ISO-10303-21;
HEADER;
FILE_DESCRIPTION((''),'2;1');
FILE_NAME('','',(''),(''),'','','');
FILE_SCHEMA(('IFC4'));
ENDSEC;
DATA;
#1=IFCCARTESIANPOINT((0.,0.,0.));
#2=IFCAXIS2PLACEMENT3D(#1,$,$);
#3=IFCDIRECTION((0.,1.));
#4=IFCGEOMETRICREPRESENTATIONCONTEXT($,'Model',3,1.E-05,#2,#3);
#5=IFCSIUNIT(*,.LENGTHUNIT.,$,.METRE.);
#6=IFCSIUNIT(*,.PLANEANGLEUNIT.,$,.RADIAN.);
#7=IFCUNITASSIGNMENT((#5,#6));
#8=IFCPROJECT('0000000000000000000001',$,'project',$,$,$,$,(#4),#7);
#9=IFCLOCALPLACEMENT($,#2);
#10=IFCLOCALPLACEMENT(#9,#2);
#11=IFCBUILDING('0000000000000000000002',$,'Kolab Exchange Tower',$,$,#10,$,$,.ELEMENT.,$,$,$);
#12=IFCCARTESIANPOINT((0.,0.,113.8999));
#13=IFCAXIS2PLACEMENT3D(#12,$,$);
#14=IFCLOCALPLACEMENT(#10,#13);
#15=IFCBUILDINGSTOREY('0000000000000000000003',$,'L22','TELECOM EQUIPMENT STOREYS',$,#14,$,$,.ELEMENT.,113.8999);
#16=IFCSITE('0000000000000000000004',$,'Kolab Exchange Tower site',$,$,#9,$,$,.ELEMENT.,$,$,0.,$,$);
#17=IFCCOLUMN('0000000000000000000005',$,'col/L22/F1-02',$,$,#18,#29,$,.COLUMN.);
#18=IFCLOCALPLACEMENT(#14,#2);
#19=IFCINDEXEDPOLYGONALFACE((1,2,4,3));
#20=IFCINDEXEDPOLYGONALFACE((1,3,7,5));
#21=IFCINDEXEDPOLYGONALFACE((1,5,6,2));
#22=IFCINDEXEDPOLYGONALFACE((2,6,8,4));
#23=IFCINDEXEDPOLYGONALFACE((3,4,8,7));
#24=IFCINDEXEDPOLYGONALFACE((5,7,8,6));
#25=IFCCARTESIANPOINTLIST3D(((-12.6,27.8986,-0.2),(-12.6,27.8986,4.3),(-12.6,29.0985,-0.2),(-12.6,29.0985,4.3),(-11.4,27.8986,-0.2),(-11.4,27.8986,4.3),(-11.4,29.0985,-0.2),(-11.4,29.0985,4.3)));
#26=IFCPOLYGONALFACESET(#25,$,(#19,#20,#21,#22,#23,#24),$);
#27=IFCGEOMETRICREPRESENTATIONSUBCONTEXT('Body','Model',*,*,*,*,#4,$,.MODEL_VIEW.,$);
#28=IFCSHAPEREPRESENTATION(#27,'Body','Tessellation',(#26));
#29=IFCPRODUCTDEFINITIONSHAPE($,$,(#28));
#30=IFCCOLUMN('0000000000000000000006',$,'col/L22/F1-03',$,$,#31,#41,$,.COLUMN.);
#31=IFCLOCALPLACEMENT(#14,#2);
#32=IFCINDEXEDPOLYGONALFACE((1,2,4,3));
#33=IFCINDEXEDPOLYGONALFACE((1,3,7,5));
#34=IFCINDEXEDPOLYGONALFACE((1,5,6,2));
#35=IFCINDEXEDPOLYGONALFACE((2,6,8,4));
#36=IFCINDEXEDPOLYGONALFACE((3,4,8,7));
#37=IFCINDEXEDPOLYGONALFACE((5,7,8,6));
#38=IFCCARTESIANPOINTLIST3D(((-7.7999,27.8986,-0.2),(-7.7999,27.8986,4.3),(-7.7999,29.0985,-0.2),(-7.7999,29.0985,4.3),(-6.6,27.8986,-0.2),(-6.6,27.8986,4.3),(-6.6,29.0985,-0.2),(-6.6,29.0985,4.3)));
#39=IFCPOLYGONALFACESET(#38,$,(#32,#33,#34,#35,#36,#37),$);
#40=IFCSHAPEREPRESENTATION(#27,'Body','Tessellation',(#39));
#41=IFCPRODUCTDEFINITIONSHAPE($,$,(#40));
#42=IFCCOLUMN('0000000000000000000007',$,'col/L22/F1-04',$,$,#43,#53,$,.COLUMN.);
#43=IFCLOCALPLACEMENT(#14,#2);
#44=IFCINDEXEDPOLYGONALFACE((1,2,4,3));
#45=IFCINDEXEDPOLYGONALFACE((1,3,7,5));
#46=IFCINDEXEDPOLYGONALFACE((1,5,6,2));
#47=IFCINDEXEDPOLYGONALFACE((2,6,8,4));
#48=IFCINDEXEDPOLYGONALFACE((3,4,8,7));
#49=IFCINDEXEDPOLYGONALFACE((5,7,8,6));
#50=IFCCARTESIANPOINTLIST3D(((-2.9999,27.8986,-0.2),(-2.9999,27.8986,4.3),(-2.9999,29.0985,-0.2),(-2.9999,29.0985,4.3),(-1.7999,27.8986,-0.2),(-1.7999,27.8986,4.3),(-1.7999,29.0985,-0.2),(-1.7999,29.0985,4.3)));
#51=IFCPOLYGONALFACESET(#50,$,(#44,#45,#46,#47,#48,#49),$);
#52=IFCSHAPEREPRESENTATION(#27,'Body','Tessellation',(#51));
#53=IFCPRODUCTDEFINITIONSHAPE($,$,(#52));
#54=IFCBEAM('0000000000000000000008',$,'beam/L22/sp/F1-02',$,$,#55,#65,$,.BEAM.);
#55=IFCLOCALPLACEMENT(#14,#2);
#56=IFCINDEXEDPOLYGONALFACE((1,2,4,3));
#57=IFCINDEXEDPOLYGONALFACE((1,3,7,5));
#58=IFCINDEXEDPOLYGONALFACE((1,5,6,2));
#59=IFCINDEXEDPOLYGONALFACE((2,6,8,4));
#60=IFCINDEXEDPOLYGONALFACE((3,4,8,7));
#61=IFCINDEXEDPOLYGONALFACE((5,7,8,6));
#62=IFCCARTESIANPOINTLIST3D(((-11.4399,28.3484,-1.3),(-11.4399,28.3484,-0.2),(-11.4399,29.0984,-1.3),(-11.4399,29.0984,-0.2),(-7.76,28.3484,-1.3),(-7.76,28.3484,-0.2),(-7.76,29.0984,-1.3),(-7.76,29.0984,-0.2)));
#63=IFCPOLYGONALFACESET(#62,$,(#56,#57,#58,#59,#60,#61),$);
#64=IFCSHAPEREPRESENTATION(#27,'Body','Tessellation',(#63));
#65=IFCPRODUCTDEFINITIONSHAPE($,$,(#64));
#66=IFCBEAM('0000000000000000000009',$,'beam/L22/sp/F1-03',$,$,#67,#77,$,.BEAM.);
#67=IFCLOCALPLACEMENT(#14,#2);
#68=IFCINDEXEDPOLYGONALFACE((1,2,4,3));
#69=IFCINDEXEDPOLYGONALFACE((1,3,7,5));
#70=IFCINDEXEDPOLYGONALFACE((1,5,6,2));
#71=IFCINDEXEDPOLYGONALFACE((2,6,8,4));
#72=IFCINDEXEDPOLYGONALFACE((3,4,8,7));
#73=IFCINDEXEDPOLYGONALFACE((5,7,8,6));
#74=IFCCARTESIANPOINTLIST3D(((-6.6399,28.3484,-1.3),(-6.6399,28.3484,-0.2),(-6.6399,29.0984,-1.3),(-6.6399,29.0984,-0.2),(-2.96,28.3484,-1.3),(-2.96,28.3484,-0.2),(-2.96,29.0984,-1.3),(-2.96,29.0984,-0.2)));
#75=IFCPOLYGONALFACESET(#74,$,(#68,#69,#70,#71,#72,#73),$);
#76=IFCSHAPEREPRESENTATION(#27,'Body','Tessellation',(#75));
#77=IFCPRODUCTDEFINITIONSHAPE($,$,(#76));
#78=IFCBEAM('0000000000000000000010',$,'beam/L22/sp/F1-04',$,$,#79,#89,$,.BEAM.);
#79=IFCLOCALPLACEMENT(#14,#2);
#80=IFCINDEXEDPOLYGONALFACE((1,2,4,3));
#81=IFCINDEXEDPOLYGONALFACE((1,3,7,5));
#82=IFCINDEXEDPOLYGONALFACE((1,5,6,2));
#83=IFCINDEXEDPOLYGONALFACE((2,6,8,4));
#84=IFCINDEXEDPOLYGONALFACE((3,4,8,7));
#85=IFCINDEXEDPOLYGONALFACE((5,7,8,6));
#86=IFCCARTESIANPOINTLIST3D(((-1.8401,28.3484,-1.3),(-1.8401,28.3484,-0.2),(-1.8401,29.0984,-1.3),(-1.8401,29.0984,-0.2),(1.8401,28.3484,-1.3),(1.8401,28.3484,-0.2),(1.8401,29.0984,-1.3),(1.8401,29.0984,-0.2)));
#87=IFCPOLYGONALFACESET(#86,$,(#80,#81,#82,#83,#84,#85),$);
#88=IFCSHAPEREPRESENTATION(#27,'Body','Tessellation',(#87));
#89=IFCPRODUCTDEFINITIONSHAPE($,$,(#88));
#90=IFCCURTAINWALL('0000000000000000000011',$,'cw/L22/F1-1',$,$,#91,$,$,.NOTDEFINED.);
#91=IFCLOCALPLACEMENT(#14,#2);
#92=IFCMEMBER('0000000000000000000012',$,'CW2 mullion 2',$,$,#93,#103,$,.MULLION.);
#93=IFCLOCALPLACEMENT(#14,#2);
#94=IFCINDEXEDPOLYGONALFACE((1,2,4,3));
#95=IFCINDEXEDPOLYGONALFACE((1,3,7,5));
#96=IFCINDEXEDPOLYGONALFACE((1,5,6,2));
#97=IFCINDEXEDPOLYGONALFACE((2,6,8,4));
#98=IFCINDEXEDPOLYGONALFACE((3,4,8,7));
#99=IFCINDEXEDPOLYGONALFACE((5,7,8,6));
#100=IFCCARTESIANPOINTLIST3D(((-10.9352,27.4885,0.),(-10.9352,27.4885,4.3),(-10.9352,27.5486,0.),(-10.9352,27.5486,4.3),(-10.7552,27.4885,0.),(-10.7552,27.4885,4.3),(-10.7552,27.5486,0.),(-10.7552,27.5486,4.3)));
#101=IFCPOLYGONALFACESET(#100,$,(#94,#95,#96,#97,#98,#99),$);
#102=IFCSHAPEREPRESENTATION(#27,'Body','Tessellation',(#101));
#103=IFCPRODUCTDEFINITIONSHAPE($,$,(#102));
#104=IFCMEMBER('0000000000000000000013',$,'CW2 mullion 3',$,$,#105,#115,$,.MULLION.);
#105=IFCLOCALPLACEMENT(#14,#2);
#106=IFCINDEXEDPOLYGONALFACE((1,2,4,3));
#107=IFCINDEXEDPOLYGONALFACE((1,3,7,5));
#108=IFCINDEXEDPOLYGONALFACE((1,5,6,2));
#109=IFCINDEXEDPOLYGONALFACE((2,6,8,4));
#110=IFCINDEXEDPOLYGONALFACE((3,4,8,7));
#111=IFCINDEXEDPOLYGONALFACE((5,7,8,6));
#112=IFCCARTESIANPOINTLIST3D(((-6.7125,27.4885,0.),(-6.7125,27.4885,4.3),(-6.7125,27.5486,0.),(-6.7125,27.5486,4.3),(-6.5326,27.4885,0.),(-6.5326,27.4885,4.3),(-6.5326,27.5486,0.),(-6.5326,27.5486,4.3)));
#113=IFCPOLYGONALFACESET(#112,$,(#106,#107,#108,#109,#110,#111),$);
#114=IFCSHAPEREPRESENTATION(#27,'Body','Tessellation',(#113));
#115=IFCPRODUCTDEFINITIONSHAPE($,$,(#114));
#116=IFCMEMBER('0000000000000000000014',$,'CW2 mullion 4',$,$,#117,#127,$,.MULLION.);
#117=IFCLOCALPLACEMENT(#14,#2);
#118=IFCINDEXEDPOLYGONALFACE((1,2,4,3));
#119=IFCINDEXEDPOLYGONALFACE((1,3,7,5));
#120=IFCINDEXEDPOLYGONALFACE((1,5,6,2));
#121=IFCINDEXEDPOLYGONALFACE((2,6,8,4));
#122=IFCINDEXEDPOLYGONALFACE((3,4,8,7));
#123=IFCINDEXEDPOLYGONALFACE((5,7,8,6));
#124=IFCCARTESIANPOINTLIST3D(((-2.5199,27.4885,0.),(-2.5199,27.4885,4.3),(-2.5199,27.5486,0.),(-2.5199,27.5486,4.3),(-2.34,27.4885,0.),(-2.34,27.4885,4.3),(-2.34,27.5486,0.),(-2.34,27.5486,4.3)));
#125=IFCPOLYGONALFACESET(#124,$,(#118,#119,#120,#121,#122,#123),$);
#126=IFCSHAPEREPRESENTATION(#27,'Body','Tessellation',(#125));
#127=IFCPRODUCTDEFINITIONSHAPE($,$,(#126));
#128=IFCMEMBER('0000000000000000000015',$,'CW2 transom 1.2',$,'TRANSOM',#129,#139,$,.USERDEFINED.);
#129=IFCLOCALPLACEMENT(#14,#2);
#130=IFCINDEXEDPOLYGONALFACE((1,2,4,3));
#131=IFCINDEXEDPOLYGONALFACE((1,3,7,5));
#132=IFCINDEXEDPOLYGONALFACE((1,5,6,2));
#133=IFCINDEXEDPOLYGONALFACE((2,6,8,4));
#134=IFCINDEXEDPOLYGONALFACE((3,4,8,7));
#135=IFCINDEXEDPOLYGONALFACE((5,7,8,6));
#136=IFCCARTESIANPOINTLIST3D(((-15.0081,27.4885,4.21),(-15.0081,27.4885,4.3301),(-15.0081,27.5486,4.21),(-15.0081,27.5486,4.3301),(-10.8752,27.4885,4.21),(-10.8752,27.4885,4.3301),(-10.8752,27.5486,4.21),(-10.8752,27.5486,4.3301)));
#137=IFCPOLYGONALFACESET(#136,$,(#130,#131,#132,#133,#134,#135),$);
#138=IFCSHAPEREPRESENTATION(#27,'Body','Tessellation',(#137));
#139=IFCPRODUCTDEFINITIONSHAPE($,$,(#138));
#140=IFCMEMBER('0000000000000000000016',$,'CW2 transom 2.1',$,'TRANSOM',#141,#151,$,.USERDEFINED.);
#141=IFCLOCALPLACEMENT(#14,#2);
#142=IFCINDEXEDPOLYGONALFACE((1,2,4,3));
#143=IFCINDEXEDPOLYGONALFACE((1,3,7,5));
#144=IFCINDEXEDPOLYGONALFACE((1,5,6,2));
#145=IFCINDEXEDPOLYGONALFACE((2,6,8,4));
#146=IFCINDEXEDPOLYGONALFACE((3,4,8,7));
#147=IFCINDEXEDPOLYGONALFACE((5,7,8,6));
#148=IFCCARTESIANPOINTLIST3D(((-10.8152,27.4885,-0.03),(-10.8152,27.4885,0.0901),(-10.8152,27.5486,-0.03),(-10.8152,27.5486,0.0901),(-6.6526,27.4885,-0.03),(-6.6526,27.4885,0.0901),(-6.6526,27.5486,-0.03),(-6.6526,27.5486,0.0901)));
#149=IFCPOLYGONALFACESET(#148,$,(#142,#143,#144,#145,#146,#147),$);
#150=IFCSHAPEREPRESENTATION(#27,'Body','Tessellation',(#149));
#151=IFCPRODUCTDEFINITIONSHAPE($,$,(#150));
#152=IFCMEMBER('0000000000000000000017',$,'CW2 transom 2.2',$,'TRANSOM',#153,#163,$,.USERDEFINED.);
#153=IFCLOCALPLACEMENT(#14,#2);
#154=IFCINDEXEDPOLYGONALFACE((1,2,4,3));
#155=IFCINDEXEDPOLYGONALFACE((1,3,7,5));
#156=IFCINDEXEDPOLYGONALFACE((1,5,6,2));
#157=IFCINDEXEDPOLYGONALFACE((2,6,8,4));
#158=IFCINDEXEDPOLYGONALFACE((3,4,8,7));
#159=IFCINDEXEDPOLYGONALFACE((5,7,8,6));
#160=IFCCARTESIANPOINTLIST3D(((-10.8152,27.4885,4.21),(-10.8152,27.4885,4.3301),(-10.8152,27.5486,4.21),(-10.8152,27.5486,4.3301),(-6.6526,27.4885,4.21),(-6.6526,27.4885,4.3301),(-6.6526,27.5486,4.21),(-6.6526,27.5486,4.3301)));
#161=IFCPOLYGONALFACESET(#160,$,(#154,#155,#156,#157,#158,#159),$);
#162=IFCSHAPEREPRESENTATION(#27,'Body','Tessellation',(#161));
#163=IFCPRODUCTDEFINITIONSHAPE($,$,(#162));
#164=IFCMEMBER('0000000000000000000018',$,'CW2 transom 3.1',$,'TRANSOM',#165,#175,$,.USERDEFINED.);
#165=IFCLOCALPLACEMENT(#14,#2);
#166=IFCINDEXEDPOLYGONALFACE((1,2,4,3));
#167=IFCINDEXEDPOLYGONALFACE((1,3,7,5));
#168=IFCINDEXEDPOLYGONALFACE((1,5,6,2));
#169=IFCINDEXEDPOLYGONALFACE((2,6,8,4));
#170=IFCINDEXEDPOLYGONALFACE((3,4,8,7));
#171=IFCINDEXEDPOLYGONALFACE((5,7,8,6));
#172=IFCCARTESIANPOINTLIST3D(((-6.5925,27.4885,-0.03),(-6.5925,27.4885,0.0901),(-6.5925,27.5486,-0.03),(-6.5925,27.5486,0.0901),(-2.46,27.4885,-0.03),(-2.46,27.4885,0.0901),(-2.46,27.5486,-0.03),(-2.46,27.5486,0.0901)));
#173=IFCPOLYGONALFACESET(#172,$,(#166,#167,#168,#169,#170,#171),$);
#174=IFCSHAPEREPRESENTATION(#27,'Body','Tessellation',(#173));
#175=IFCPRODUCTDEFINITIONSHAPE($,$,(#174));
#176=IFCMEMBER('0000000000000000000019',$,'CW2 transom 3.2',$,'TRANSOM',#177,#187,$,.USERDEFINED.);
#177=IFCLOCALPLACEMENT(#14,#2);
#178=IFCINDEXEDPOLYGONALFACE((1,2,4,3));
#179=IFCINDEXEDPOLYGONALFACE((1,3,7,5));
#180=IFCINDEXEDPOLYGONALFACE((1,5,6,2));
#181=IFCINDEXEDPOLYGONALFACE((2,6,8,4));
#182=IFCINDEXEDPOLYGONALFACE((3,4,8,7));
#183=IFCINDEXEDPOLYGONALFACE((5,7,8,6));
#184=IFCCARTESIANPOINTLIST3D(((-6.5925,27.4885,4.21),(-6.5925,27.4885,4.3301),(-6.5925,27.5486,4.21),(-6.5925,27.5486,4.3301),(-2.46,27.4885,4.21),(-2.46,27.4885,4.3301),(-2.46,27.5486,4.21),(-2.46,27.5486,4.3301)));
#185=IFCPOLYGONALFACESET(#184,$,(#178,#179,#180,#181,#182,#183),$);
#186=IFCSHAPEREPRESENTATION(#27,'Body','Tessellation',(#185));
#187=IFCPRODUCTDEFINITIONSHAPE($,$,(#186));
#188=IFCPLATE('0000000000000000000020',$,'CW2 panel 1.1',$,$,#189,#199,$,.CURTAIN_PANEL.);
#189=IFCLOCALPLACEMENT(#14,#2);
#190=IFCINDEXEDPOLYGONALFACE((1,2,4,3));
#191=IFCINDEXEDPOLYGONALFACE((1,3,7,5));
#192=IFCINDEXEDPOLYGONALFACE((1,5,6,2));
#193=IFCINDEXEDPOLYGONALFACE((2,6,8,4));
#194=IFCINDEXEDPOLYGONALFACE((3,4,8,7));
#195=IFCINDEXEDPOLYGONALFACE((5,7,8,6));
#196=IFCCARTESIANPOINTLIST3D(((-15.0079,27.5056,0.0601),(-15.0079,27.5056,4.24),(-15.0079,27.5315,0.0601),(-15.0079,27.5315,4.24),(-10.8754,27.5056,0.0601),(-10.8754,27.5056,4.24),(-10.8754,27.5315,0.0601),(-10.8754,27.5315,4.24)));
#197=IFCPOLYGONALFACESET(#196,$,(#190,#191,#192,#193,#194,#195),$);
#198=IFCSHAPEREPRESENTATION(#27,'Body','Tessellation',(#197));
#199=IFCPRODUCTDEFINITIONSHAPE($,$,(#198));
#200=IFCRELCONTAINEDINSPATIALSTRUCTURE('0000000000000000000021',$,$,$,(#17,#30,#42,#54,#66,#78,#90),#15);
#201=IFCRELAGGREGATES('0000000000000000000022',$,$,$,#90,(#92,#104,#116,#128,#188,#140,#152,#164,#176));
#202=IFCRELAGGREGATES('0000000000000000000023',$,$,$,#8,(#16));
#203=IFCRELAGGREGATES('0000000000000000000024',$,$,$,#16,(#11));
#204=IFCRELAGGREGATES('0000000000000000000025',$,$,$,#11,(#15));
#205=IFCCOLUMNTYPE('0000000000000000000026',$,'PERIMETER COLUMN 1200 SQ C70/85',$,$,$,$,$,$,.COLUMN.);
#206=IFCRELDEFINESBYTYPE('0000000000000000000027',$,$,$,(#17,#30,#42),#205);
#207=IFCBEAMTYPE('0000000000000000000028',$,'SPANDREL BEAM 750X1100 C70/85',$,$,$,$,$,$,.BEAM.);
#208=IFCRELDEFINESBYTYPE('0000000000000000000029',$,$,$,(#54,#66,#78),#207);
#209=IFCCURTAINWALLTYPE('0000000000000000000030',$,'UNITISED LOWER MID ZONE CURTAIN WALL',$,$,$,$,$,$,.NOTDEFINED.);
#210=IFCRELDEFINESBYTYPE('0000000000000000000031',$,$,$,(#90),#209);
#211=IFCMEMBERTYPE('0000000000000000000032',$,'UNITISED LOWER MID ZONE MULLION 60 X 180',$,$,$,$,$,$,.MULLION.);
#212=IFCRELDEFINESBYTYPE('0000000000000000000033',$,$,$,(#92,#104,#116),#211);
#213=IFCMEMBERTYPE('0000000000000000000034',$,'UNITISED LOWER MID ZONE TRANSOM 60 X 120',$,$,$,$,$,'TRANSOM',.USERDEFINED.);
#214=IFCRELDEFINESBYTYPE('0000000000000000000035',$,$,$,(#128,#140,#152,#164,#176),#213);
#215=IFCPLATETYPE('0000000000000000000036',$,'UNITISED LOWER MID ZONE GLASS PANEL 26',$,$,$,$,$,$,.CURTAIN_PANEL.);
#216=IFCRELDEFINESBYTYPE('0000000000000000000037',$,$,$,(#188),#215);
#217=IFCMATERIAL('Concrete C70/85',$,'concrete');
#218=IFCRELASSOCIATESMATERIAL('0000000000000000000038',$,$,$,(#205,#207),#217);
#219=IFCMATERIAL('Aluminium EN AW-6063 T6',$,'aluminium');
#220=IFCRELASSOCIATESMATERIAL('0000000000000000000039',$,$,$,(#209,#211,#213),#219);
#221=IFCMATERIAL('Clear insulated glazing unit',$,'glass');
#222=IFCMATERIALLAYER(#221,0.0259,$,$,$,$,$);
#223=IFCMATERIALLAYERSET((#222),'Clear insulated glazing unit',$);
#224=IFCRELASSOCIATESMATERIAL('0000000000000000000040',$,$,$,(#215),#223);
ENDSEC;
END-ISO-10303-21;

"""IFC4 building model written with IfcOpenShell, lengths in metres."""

from ifc_helpers import new_model, si_unit, direction, frame, origin, origin_2d, place, context, subcontext, project, spatial, rectangle, extrude, material, layer, layer_set, material_profile, profile_set, type_object, element, aggregate, save


model = new_model("IFC4")

# Units and contexts
model_context = context("Model", 3, precision=1e-05, world=origin(), true_north=direction((0.0, 1.0)))
body_context = subcontext(model_context, "Body", "Model", "MODEL_VIEW")
ifc_project = project(units=[si_unit("LENGTHUNIT", "METRE"), si_unit("PLANEANGLEUNIT", "RADIAN")], contexts=[model_context])

# Site, building, storey
site_placement = place(None, origin())
site = spatial("IfcSite", under=ifc_project, at=site_placement, Name="Kolab Exchange Tower site", CompositionType="ELEMENT", RefElevation=0.0)
building_placement = place(site_placement, origin())
building = spatial("IfcBuilding", under=site, at=building_placement, Name="Kolab Exchange Tower", CompositionType="ELEMENT")
storey_placement = place(building_placement, frame((0.0, 0.0, 113.8999)))
storey = spatial("IfcBuildingStorey", under=building, at=storey_placement, Name="L22", Description="TELECOM EQUIPMENT STOREYS", CompositionType="ELEMENT", Elevation=113.8999)

# Columns
ifc_material_1 = material(Name="Concrete C70/85", Category="concrete")
ifc_material_profile_1 = material_profile(ifc_material_1, rectangle(XDim=1.2, YDim=1.2, at=origin_2d()), Name="RC1200")
ifc_profile_set_1 = profile_set([ifc_material_profile_1], Name="Concrete C70/85")
column_type = type_object("IfcColumnType", Name="PERIMETER COLUMN 1200 SQ C70/85", PredefinedType="COLUMN", material=ifc_profile_set_1)
for number, where, z_axis, x_axis, name in (
    (1, (-12.0, 28.4985, -0.2), (0.0, 0.0, 1.0), (1.0, 0.0, 0.0), "col/L22/F1-02"),
    (2, (-7.2, 28.4985, -0.2), (0.0, 0.0, 1.0), (1.0, 0.0, 0.0), "col/L22/F1-03"),
    (3, (-2.3999, 28.4985, -0.2), (0.0, 0.0, 1.0), (1.0, 0.0, 0.0), "col/L22/F1-04"),
):
    element("IfcColumn", number, at=place(storey_placement, frame(where, z_axis=z_axis, x_axis=x_axis)), inside=storey, type_object=column_type, Name=name, PredefinedType="COLUMN", context=body_context, shape_type="SweptSolid", body=[
        extrude(rectangle(XDim=1.2, YDim=1.2, at=origin_2d()), origin(), (0.0, 0.0, 1.0), 4.5),
    ])

# Beams
ifc_material_profile_2 = material_profile(ifc_material_1, rectangle(XDim=0.75, YDim=1.1001, at=origin_2d()), Name="RC750X1100")
ifc_profile_set_2 = profile_set([ifc_material_profile_2], Name="Concrete C70/85")
beam_type = type_object("IfcBeamType", Name="SPANDREL BEAM 750X1100 C70/85", PredefinedType="BEAM", material=ifc_profile_set_2)
for number, where, z_axis, x_axis, name in (
    (4, (-11.4399, 28.7234, -0.75), (1.0, 0.0, 0.0), (0.0, 1.0, 0.0), "beam/L22/sp/F1-02"),
    (5, (-6.6399, 28.7234, -0.75), (1.0, 0.0, 0.0), (0.0, 1.0, 0.0), "beam/L22/sp/F1-03"),
):
    element("IfcBeam", number, at=place(storey_placement, frame(where, z_axis=z_axis, x_axis=x_axis)), inside=storey, type_object=beam_type, Name=name, PredefinedType="BEAM", context=body_context, shape_type="SweptSolid", body=[
        extrude(rectangle(XDim=0.75, YDim=1.1001, at=origin_2d()), origin(), (0.0, 0.0, 1.0), 3.6799),
    ])
beam_placement = place(storey_placement, frame((-1.8401, 28.7234, -0.75), z_axis=(1.0, 0.0, 0.0), x_axis=(0.0, 1.0, 0.0)))
element("IfcBeam", 6, at=beam_placement, inside=storey, type_object=beam_type, Name="beam/L22/sp/F1-04", PredefinedType="BEAM", context=body_context, shape_type="SweptSolid", body=[
    extrude(rectangle(XDim=0.75, YDim=1.1001, at=origin_2d()), origin(), (0.0, 0.0, 1.0), 3.6802),
])

# Curtain wall, members, plate
ifc_material_2 = material(Name="Aluminium EN AW-6063 T6", Category="aluminium")
curtain_wall_type = type_object("IfcCurtainWallType", Name="UNITISED LOWER MID ZONE CURTAIN WALL", PredefinedType="NOTDEFINED", material=ifc_material_2)
curtain_wall_placement = place(storey_placement, origin())
curtain_wall = element("IfcCurtainWall", 7, at=curtain_wall_placement, inside=storey, type_object=curtain_wall_type, Name="cw/L22/F1-1", PredefinedType="NOTDEFINED")
ifc_material_profile_3 = material_profile(ifc_material_2, rectangle(XDim=0.0601, YDim=0.1799, at=origin_2d()), Name="RECT 60X180")
ifc_profile_set_3 = profile_set([ifc_material_profile_3], Name="Aluminium EN AW-6063 T6")
member_type_1 = type_object("IfcMemberType", Name="UNITISED LOWER MID ZONE MULLION 60 X 180", PredefinedType="MULLION", material=ifc_profile_set_3)
member_1_placement = place(storey_placement, frame((-10.8452, 27.5186, 0.0), z_axis=(0.0, 0.0, 1.0), x_axis=(0.0, 1.0, 0.0)))
member_1 = element("IfcMember", 8, at=member_1_placement, type_object=member_type_1, Name="CW2 mullion 2", PredefinedType="MULLION", context=body_context, shape_type="SweptSolid", body=[
    extrude(rectangle(XDim=0.0601, YDim=0.1799, at=origin_2d()), origin(), (0.0, 0.0, 1.0), 4.3),
])
member_2_placement = place(storey_placement, frame((-6.6226, 27.5186, 0.0), z_axis=(0.0, 0.0, 1.0), x_axis=(0.0, 1.0, 0.0)))
member_2 = element("IfcMember", 9, at=member_2_placement, type_object=member_type_1, Name="CW2 mullion 3", PredefinedType="MULLION", context=body_context, shape_type="SweptSolid", body=[
    extrude(rectangle(XDim=0.0601, YDim=0.1799, at=origin_2d()), origin(), (0.0, 0.0, 1.0), 4.3),
])
member_3_placement = place(storey_placement, frame((-2.4299, 27.5186, 0.0), z_axis=(0.0, 0.0, 1.0), x_axis=(0.0, 1.0, 0.0)))
member_3 = element("IfcMember", 10, at=member_3_placement, type_object=member_type_1, Name="CW2 mullion 4", PredefinedType="MULLION", context=body_context, shape_type="SweptSolid", body=[
    extrude(rectangle(XDim=0.0601, YDim=0.1799, at=origin_2d()), origin(), (0.0, 0.0, 1.0), 4.3),
])
ifc_material_profile_4 = material_profile(ifc_material_2, rectangle(XDim=0.0601, YDim=0.1201, at=origin_2d()), Name="RECT 60X120")
ifc_profile_set_4 = profile_set([ifc_material_profile_4], Name="Aluminium EN AW-6063 T6")
member_type_2 = type_object("IfcMemberType", Name="UNITISED LOWER MID ZONE TRANSOM 60 X 120", ElementType="TRANSOM", PredefinedType="USERDEFINED", material=ifc_profile_set_4)
member_4_placement = place(storey_placement, frame((-15.0081, 27.5186, 4.27), z_axis=(1.0, 0.0, 0.0), x_axis=(0.0, 1.0, 0.0)))
member_4 = element("IfcMember", 11, at=member_4_placement, type_object=member_type_2, Name="CW2 transom 1.2", ObjectType="TRANSOM", PredefinedType="USERDEFINED", context=body_context, shape_type="SweptSolid", body=[
    extrude(rectangle(XDim=0.0601, YDim=0.1201, at=origin_2d()), origin(), (0.0, 0.0, 1.0), 4.1328),
])
member_5_placement = place(storey_placement, frame((-10.8152, 27.5186, 0.03), z_axis=(1.0, 0.0, 0.0), x_axis=(0.0, 1.0, 0.0)))
member_5 = element("IfcMember", 12, at=member_5_placement, type_object=member_type_2, Name="CW2 transom 2.1", ObjectType="TRANSOM", PredefinedType="USERDEFINED", context=body_context, shape_type="SweptSolid", body=[
    extrude(rectangle(XDim=0.0601, YDim=0.1201, at=origin_2d()), origin(), (0.0, 0.0, 1.0), 4.1626),
])
member_6_placement = place(storey_placement, frame((-10.8152, 27.5186, 4.27), z_axis=(1.0, 0.0, 0.0), x_axis=(0.0, 1.0, 0.0)))
member_6 = element("IfcMember", 13, at=member_6_placement, type_object=member_type_2, Name="CW2 transom 2.2", ObjectType="TRANSOM", PredefinedType="USERDEFINED", context=body_context, shape_type="SweptSolid", body=[
    extrude(rectangle(XDim=0.0601, YDim=0.1201, at=origin_2d()), origin(), (0.0, 0.0, 1.0), 4.1626),
])
member_7_placement = place(storey_placement, frame((-6.5925, 27.5186, 0.03), z_axis=(1.0, 0.0, 0.0), x_axis=(0.0, 1.0, 0.0)))
member_7 = element("IfcMember", 14, at=member_7_placement, type_object=member_type_2, Name="CW2 transom 3.1", ObjectType="TRANSOM", PredefinedType="USERDEFINED", context=body_context, shape_type="SweptSolid", body=[
    extrude(rectangle(XDim=0.0601, YDim=0.1201, at=origin_2d()), origin(), (0.0, 0.0, 1.0), 4.1326),
])
member_8_placement = place(storey_placement, frame((-6.5925, 27.5186, 4.27), z_axis=(1.0, 0.0, 0.0), x_axis=(0.0, 1.0, 0.0)))
member_8 = element("IfcMember", 15, at=member_8_placement, type_object=member_type_2, Name="CW2 transom 3.2", ObjectType="TRANSOM", PredefinedType="USERDEFINED", context=body_context, shape_type="SweptSolid", body=[
    extrude(rectangle(XDim=0.0601, YDim=0.1201, at=origin_2d()), origin(), (0.0, 0.0, 1.0), 4.1326),
])
ifc_material_3 = material(Name="Clear insulated glazing unit", Category="glass")
ifc_layer_1 = layer(ifc_material_3, 0.0259)
ifc_layer_set_1 = layer_set([ifc_layer_1], Name="Clear insulated glazing unit")
plate_type = type_object("IfcPlateType", Name="UNITISED LOWER MID ZONE GLASS PANEL 26", PredefinedType="CURTAIN_PANEL", material=ifc_layer_set_1)
plate_1_placement = place(storey_placement, frame((-12.9417, 27.5186, 0.0601), z_axis=(0.0, 0.0, 1.0), x_axis=(1.0, 0.0, 0.0)))
plate_1 = element("IfcPlate", 16, at=plate_1_placement, type_object=plate_type, Name="CW2 panel 1.1", PredefinedType="CURTAIN_PANEL", context=body_context, shape_type="SweptSolid", body=[
    extrude(rectangle(XDim=4.1326, YDim=0.0259, at=origin_2d()), origin(), (0.0, 0.0, 1.0), 4.1799),
])
aggregate(curtain_wall, [member_1, member_2, member_3, member_4, plate_1, member_5, member_6, member_7, member_8])

save(model, "model.ifc")
